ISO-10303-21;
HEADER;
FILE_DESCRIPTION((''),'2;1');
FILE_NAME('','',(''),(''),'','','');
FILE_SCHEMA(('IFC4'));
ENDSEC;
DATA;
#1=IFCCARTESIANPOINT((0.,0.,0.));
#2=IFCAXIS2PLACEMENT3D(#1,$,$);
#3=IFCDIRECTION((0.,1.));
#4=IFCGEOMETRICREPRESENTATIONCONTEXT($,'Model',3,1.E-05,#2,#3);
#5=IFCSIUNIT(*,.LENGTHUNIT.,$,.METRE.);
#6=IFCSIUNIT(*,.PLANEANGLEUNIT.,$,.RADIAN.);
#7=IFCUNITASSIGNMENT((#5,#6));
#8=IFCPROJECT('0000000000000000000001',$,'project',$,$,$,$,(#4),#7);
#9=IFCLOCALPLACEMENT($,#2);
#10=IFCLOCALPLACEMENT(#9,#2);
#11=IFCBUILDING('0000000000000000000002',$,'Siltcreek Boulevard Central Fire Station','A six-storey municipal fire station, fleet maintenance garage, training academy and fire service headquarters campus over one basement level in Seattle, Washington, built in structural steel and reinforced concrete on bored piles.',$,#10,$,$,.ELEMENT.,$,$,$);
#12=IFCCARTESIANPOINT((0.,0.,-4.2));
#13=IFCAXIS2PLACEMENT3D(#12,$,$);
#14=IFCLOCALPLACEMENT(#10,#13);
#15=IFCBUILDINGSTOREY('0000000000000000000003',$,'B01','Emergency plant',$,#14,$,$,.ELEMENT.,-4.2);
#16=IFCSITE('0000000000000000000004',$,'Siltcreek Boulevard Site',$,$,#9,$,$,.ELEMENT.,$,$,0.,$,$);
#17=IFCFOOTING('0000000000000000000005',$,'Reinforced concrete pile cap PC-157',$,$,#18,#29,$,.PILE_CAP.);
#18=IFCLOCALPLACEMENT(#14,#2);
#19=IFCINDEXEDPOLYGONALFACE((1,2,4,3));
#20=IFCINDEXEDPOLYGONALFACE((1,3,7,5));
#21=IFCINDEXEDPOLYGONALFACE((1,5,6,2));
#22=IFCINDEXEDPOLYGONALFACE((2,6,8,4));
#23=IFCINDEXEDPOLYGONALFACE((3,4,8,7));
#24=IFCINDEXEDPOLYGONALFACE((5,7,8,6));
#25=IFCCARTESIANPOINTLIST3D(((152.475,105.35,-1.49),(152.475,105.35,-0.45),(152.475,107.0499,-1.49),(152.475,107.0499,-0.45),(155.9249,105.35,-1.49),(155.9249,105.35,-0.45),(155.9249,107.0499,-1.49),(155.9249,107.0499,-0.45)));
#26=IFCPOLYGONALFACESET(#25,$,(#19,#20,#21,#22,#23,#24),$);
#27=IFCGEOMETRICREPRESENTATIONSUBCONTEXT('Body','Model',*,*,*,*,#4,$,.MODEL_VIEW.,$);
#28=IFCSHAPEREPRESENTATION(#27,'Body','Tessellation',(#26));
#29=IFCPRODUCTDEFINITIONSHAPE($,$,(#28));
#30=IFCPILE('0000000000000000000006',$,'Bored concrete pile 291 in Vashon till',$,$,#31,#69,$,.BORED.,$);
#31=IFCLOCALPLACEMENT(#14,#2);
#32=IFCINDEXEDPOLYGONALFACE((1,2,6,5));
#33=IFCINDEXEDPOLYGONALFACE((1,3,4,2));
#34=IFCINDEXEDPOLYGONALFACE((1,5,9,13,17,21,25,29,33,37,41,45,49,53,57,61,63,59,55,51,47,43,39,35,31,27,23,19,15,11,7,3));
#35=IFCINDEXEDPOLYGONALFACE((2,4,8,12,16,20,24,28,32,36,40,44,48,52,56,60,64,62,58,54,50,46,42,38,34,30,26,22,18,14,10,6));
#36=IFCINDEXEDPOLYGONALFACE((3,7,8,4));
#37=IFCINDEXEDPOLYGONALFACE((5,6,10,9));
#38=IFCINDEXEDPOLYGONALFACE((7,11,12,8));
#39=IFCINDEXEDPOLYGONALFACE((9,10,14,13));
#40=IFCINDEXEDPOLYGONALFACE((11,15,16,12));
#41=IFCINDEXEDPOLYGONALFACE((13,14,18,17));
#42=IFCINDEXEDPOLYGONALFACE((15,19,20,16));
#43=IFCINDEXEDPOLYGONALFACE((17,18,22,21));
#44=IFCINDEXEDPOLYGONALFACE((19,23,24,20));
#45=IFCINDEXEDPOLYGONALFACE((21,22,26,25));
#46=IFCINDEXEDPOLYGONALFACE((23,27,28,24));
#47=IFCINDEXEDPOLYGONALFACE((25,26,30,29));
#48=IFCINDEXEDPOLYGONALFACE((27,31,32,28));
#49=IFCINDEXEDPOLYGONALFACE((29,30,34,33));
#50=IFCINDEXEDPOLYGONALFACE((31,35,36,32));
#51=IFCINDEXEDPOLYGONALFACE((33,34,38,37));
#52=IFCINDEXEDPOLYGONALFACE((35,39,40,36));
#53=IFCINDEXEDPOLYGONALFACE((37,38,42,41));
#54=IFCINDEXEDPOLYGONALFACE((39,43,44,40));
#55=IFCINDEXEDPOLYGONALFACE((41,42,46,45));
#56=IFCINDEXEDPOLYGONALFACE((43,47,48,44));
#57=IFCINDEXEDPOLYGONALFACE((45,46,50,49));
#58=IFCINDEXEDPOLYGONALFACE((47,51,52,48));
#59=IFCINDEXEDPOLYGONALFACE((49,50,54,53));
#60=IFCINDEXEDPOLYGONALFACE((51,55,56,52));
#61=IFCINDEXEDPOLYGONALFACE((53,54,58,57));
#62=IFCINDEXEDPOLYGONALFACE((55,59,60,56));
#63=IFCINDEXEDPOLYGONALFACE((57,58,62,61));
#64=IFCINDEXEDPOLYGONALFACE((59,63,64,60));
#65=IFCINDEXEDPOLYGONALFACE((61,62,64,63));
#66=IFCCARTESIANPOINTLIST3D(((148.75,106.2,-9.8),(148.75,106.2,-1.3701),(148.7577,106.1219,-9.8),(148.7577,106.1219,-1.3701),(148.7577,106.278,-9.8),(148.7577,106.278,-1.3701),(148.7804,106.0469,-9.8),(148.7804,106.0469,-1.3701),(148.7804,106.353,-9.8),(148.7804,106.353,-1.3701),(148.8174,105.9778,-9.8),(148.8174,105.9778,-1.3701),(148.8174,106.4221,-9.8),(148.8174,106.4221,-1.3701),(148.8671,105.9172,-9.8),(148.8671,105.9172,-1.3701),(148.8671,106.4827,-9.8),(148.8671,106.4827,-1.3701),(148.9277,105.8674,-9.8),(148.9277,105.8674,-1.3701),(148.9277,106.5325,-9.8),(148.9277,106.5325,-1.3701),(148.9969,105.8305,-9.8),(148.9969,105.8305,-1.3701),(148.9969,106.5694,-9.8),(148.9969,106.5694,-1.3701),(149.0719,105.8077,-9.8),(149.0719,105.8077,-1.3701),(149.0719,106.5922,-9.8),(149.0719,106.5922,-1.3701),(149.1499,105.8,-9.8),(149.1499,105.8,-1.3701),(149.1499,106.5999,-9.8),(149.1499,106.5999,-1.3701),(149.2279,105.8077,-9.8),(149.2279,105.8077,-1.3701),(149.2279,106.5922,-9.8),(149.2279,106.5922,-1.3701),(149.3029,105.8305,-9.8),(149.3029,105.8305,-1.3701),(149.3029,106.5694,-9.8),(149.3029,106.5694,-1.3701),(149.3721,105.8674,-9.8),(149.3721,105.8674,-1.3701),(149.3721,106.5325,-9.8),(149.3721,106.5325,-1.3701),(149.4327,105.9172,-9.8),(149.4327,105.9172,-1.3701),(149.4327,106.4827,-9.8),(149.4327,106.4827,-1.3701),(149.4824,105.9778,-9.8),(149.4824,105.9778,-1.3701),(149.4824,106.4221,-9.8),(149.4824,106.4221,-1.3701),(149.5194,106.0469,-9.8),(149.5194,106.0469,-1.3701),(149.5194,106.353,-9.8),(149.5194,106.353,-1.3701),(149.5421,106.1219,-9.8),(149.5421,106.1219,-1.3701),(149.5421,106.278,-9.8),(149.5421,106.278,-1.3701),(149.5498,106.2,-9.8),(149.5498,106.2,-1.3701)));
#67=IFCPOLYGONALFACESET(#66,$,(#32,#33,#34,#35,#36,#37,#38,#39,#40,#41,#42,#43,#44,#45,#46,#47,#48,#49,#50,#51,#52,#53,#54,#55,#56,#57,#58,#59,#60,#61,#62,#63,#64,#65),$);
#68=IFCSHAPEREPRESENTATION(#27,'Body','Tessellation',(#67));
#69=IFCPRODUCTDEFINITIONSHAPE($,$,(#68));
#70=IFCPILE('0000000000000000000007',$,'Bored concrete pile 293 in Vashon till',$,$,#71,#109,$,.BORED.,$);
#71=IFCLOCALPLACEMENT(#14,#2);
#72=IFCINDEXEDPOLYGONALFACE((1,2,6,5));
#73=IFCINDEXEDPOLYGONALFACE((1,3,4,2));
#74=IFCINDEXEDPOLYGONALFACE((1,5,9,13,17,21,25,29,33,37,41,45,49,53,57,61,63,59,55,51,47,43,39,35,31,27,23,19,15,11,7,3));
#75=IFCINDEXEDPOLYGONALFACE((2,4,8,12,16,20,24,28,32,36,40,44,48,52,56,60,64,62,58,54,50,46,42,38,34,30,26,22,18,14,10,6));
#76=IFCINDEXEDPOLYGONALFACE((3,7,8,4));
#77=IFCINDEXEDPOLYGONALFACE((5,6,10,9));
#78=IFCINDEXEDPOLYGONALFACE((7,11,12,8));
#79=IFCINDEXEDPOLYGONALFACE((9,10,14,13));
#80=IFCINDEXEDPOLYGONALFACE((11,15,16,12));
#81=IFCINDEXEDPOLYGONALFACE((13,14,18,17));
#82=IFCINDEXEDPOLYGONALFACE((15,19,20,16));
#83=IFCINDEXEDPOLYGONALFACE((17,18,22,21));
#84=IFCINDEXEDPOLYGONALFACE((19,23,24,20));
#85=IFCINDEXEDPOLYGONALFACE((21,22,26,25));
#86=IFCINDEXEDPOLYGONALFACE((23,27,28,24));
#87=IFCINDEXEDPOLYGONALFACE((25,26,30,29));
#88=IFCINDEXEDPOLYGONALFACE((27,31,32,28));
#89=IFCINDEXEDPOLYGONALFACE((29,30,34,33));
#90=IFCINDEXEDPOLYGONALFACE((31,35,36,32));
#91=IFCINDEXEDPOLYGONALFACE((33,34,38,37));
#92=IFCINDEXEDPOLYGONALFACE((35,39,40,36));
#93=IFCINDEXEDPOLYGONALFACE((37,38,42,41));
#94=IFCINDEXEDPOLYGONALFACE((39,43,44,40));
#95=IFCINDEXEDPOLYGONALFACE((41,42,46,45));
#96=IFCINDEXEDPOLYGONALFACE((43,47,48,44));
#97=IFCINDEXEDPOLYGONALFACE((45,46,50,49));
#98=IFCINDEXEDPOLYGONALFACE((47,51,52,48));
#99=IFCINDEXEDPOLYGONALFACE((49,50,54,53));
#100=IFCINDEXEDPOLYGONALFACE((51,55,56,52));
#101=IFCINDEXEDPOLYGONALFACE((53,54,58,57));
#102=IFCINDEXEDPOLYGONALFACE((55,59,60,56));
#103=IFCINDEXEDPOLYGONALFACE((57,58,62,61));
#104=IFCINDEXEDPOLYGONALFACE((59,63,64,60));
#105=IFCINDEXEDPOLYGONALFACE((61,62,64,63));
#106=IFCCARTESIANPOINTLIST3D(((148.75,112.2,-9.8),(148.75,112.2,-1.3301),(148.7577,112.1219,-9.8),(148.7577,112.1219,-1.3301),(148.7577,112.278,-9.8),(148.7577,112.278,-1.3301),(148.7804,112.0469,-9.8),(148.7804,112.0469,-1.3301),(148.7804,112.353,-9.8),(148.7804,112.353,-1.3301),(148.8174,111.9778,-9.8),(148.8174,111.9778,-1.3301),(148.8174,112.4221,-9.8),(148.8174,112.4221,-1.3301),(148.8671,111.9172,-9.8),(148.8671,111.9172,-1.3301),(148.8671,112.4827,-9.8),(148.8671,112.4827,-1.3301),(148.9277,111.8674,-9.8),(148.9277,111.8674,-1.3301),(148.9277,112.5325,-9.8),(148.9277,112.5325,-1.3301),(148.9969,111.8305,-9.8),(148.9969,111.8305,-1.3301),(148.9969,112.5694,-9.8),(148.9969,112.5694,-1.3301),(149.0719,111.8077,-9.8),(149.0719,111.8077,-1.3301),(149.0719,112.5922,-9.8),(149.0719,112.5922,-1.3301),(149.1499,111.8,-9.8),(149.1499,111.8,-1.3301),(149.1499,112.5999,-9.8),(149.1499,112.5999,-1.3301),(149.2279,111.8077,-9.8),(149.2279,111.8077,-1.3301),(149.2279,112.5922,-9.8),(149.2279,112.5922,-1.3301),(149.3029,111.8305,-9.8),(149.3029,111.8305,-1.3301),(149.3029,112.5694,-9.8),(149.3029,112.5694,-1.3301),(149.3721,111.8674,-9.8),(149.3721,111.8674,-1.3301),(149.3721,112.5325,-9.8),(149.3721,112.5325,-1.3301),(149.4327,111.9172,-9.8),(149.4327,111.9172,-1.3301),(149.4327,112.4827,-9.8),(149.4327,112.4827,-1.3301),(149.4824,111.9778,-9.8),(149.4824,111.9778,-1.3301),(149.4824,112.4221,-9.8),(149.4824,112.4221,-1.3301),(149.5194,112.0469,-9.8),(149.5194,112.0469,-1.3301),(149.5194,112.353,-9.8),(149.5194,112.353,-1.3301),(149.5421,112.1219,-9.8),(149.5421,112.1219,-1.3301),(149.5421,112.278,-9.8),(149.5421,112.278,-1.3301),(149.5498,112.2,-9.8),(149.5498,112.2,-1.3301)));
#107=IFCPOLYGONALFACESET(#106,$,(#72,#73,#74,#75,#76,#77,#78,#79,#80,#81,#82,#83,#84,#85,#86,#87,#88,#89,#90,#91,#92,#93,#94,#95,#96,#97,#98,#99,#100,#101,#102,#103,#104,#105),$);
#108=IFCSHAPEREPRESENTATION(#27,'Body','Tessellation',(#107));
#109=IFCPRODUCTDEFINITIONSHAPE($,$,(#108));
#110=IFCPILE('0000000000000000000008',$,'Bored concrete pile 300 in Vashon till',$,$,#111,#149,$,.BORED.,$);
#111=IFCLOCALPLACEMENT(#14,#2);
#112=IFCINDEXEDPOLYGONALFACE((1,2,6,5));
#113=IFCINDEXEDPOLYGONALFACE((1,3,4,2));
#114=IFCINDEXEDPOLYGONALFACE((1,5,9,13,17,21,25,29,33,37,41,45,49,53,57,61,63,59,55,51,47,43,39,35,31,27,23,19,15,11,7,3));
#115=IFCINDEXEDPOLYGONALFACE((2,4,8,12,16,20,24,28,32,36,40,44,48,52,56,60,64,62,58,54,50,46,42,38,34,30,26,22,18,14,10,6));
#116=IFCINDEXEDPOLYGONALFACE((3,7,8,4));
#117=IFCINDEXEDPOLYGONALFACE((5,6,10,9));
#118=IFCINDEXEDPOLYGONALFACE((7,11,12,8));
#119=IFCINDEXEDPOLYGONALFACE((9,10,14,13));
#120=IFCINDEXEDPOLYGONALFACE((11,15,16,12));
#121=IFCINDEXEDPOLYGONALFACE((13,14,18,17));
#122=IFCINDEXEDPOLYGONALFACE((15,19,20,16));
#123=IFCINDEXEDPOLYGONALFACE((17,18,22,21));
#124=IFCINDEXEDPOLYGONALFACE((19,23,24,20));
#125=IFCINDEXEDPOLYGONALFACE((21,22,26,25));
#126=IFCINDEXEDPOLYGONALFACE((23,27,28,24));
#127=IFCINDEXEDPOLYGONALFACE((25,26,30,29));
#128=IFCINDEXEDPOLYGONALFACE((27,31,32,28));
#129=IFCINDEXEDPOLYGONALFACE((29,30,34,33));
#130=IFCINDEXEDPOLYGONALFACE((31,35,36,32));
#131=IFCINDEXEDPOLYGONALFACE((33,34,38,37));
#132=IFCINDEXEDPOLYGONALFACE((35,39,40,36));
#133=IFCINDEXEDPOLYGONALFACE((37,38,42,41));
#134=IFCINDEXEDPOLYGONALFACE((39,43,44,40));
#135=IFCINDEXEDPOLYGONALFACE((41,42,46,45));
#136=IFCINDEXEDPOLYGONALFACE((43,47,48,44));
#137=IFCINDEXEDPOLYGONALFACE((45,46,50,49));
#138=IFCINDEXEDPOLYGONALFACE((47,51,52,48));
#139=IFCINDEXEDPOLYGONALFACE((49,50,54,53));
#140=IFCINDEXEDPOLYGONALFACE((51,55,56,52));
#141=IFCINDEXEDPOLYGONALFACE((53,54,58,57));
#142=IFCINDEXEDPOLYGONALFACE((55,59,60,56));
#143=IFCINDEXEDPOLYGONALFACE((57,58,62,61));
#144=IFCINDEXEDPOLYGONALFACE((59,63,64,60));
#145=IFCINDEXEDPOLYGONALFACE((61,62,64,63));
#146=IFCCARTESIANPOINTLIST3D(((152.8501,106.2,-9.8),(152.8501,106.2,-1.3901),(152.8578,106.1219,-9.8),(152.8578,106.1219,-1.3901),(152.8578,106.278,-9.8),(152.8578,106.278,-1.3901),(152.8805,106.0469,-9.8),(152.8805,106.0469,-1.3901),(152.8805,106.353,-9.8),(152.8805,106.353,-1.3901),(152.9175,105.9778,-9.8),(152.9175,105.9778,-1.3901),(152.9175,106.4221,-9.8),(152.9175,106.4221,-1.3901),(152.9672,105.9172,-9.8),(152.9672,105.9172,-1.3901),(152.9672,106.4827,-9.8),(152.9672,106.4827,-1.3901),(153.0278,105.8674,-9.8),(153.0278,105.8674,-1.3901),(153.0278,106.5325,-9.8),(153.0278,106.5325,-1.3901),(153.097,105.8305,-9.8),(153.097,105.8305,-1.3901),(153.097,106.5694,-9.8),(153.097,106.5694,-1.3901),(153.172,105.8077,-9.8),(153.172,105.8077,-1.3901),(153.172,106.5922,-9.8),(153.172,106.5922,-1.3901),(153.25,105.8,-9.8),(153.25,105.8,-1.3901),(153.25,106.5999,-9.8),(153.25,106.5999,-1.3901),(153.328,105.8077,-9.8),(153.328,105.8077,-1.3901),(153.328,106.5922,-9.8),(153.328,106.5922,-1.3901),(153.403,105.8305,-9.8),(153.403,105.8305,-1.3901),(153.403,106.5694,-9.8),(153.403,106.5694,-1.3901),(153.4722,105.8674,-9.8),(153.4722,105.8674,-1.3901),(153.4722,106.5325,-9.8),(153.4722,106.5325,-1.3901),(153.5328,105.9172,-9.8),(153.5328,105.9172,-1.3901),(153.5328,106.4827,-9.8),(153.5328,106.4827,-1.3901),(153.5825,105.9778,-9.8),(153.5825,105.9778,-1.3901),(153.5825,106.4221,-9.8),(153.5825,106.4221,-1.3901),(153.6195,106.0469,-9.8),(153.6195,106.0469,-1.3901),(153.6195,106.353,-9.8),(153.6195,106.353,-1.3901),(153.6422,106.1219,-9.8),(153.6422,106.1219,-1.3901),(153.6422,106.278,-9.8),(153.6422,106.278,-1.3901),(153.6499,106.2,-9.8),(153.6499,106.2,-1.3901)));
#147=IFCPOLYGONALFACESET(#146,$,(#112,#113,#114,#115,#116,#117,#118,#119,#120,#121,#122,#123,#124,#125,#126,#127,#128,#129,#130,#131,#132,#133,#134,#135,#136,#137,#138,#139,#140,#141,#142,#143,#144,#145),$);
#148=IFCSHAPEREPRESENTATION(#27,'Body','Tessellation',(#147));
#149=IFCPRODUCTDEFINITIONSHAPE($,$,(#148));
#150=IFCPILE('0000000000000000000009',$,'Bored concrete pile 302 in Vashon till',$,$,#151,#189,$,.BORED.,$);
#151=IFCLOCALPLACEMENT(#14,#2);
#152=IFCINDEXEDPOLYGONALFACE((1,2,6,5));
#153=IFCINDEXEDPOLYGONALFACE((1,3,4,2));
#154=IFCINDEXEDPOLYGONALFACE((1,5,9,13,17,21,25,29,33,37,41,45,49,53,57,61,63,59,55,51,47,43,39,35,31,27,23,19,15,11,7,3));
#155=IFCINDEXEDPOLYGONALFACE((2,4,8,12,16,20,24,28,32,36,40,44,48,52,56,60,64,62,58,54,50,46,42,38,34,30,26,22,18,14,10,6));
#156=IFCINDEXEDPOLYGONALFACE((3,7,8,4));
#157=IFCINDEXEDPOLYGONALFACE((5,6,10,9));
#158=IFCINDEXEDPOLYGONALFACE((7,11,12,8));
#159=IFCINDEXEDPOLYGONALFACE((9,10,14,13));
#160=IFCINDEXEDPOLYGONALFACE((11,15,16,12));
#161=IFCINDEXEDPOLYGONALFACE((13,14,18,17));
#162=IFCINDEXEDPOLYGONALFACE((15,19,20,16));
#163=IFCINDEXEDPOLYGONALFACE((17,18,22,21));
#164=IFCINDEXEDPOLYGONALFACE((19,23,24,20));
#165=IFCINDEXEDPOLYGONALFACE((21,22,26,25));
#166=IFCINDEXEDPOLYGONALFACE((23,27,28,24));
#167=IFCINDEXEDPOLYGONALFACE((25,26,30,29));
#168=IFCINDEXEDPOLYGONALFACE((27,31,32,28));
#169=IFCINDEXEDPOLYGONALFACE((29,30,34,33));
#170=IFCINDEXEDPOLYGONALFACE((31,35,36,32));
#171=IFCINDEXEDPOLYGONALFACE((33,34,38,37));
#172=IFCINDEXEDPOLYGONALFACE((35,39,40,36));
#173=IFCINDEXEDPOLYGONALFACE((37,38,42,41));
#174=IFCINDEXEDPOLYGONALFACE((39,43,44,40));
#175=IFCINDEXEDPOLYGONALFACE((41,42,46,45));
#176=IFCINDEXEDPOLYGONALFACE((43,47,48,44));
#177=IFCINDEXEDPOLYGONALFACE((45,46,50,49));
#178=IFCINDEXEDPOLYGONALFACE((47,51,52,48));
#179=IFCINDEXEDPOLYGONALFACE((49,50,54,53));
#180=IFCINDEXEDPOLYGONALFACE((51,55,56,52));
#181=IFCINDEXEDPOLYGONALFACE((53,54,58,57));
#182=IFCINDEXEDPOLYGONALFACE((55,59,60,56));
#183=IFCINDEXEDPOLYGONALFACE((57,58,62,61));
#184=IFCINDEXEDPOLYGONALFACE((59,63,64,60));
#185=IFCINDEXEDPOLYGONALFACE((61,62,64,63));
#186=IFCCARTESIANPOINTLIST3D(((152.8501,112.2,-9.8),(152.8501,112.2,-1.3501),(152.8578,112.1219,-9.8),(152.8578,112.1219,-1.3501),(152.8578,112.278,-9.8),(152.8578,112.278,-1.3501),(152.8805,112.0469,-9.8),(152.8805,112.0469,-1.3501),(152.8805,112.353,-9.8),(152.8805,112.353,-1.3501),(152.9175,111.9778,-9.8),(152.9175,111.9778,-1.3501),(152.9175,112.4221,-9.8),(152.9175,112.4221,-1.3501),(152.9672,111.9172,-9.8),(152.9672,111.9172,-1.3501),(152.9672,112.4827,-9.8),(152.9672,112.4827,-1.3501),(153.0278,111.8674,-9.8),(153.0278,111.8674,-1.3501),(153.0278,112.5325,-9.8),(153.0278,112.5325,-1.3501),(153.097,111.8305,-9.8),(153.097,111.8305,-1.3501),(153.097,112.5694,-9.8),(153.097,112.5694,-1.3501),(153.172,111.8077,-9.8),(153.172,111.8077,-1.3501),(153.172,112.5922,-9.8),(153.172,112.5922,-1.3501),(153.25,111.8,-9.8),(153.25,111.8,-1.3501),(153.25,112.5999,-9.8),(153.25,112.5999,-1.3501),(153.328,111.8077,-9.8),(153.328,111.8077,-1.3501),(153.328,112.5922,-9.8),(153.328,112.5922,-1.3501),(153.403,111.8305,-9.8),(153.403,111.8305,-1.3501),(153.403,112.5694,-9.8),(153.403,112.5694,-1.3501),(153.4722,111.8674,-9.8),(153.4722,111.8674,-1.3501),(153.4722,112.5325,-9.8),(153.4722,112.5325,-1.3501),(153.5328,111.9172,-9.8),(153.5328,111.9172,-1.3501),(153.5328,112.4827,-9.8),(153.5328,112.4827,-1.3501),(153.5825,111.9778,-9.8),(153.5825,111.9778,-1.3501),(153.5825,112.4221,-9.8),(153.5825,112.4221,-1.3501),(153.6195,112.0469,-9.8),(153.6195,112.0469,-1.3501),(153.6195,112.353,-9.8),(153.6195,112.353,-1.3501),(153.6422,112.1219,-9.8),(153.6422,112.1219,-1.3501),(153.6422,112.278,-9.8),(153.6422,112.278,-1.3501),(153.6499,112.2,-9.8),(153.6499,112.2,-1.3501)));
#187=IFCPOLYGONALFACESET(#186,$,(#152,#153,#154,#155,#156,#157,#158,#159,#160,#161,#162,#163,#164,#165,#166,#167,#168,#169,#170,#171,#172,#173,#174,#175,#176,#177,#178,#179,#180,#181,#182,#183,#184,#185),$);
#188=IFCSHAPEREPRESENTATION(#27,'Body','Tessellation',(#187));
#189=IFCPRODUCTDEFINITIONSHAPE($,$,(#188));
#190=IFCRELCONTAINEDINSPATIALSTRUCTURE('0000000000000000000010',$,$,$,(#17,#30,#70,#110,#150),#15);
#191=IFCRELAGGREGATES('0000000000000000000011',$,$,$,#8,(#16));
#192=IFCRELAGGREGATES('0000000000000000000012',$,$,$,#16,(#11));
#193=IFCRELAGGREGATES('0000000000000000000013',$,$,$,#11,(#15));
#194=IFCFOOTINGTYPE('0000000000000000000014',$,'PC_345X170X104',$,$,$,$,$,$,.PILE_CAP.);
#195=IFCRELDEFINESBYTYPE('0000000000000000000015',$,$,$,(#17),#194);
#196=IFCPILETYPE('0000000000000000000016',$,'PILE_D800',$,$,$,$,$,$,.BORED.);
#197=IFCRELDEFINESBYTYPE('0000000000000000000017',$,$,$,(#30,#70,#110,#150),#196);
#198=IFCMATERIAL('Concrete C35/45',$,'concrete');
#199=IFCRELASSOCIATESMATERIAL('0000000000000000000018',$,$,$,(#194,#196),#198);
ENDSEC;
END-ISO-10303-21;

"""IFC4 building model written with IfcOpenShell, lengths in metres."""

from ifc_helpers import new_model, si_unit, direction, frame, origin, origin_2d, place, context, subcontext, project, spatial, rectangle, circle, extrude, material, material_profile, profile_set, type_object, element, save


model = new_model("IFC4")

# Units and contexts
model_context = context("Model", 3, precision=1e-05, world=origin(), true_north=direction((0.0, 1.0)))
body_context = subcontext(model_context, "Body", "Model", "MODEL_VIEW")
ifc_project = project(units=[si_unit("LENGTHUNIT", "METRE"), si_unit("PLANEANGLEUNIT", "RADIAN")], contexts=[model_context])

# Site, building, storey
site_placement = place(None, origin())
site = spatial("IfcSite", under=ifc_project, at=site_placement, Name="Siltcreek Boulevard Site", CompositionType="ELEMENT", RefElevation=0.0)
building_placement = place(site_placement, origin())
building = spatial("IfcBuilding", under=site, at=building_placement, Name="Siltcreek Boulevard Central Fire Station", Description="A six-storey municipal fire station, fleet maintenance garage, training academy and fire service headquarters campus over one basement level in Seattle, Washington, built in structural steel and reinforced concrete on bored piles.", CompositionType="ELEMENT")
storey_placement = place(building_placement, frame((0.0, 0.0, -4.2)))
storey = spatial("IfcBuildingStorey", under=building, at=storey_placement, Name="B01", Description="Emergency plant", CompositionType="ELEMENT", Elevation=-4.2)

# Footing
ifc_material_1 = material(Name="Concrete C35/45", Category="concrete")
footing_type = type_object("IfcFootingType", Name="PC_345X170X104", PredefinedType="PILE_CAP", material=ifc_material_1)
footing_placement = place(storey_placement, frame((154.2, 106.2, -1.49), z_axis=(0.0, 0.0, 1.0), x_axis=(1.0, 0.0, 0.0)))
element("IfcFooting", 1, at=footing_placement, inside=storey, type_object=footing_type, Name="Reinforced concrete pile cap PC-157", PredefinedType="PILE_CAP", context=body_context, shape_type="SweptSolid", body=[
    extrude(rectangle(XDim=3.45, YDim=1.7, at=origin_2d()), origin(), (0.0, 0.0, 1.0), 1.04),
])

# Piles
ifc_material_profile_1 = material_profile(ifc_material_1, circle(Radius=0.3999, at=origin_2d()), Name="SHAFT800")
ifc_profile_set_1 = profile_set([ifc_material_profile_1], Name="Concrete C35/45")
pile_type = type_object("IfcPileType", Name="PILE_D800", PredefinedType="BORED", material=ifc_profile_set_1)
pile_1_placement = place(storey_placement, frame((149.1499, 106.2, -1.3701), z_axis=(0.0, 0.0, -1.0), x_axis=(1.0, 0.0, 0.0)))
element("IfcPile", 2, at=pile_1_placement, inside=storey, type_object=pile_type, Name="Bored concrete pile 291 in Vashon till", PredefinedType="BORED", context=body_context, shape_type="SweptSolid", body=[
    extrude(circle(Radius=0.3999, at=origin_2d()), origin(), (0.0, 0.0, 1.0), 8.4299),
])
pile_2_placement = place(storey_placement, frame((149.1499, 112.2, -1.3301), z_axis=(0.0, 0.0, -1.0), x_axis=(1.0, 0.0, 0.0)))
element("IfcPile", 3, at=pile_2_placement, inside=storey, type_object=pile_type, Name="Bored concrete pile 293 in Vashon till", PredefinedType="BORED", context=body_context, shape_type="SweptSolid", body=[
    extrude(circle(Radius=0.3999, at=origin_2d()), origin(), (0.0, 0.0, 1.0), 8.47),
])
pile_3_placement = place(storey_placement, frame((153.25, 106.2, -1.3901), z_axis=(0.0, 0.0, -1.0), x_axis=(1.0, 0.0, 0.0)))
element("IfcPile", 4, at=pile_3_placement, inside=storey, type_object=pile_type, Name="Bored concrete pile 300 in Vashon till", PredefinedType="BORED", context=body_context, shape_type="SweptSolid", body=[
    extrude(circle(Radius=0.3999, at=origin_2d()), origin(), (0.0, 0.0, 1.0), 8.4099),
])
pile_4_placement = place(storey_placement, frame((153.25, 112.2, -1.3501), z_axis=(0.0, 0.0, -1.0), x_axis=(1.0, 0.0, 0.0)))
element("IfcPile", 5, at=pile_4_placement, inside=storey, type_object=pile_type, Name="Bored concrete pile 302 in Vashon till", PredefinedType="BORED", context=body_context, shape_type="SweptSolid", body=[
    extrude(circle(Radius=0.3999, at=origin_2d()), origin(), (0.0, 0.0, 1.0), 8.45),
])

save(model, "model.ifc")
